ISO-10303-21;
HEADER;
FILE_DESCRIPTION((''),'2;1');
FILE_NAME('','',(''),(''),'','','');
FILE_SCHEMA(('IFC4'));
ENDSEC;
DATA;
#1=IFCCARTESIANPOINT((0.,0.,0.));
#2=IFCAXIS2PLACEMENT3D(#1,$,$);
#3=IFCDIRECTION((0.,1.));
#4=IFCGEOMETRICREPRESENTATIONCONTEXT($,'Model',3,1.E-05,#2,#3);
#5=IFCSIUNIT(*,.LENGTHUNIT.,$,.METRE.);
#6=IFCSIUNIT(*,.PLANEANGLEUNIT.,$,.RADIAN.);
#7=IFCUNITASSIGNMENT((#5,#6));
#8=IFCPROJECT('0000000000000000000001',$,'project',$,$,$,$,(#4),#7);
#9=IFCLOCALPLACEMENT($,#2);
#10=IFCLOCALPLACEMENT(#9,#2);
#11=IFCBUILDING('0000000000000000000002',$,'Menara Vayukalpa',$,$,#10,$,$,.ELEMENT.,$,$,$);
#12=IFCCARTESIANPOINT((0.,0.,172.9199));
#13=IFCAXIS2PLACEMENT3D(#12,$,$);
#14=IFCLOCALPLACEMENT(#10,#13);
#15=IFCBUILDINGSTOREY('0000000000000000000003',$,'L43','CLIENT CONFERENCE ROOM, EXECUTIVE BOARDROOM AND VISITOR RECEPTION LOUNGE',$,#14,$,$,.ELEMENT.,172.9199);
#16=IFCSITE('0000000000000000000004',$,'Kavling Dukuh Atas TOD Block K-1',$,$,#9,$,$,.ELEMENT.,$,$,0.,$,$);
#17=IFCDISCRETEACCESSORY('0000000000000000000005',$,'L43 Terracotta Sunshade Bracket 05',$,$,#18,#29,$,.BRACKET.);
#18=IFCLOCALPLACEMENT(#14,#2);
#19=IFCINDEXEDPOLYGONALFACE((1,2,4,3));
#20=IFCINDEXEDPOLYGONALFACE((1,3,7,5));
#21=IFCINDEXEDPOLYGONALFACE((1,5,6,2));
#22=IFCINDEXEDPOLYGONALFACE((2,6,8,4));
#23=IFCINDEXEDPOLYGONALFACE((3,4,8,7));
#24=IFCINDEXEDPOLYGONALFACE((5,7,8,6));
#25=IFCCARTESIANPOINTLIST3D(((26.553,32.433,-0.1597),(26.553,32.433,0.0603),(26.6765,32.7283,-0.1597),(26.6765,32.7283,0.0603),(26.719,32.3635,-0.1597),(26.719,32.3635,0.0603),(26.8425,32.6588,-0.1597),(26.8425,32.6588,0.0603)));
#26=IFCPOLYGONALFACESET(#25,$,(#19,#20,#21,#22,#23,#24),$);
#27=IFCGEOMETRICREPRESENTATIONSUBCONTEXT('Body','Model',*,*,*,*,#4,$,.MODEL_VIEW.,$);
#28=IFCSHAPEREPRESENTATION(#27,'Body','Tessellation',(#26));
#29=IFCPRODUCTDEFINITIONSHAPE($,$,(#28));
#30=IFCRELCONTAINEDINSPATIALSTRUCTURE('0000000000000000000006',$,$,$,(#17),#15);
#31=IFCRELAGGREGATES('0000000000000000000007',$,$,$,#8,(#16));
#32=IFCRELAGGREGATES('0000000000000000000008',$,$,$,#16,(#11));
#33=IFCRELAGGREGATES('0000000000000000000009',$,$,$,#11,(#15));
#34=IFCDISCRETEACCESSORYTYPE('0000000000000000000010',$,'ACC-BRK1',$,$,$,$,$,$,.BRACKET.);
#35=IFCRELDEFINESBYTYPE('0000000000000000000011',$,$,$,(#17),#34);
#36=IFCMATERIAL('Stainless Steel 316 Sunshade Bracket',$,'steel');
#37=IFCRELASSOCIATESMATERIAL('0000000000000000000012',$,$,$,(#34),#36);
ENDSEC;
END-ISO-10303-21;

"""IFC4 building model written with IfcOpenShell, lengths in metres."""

from ifc_helpers import new_model, si_unit, direction, frame, origin, origin_2d, place, context, subcontext, project, spatial, rectangle, extrude, material, type_object, element, save


model = new_model("IFC4")

# Units and contexts
model_context = context("Model", 3, precision=1e-05, world=origin(), true_north=direction((0.0, 1.0)))
body_context = subcontext(model_context, "Body", "Model", "MODEL_VIEW")
ifc_project = project(units=[si_unit("LENGTHUNIT", "METRE"), si_unit("PLANEANGLEUNIT", "RADIAN")], contexts=[model_context])

# Site, building, storey
site_placement = place(None, origin())
site = spatial("IfcSite", under=ifc_project, at=site_placement, Name="Kavling Dukuh Atas TOD Block K-1", CompositionType="ELEMENT", RefElevation=0.0)
building_placement = place(site_placement, origin())
building = spatial("IfcBuilding", under=site, at=building_placement, Name="Menara Vayukalpa", CompositionType="ELEMENT")
storey_placement = place(building_placement, frame((0.0, 0.0, 172.9199)))
storey = spatial("IfcBuildingStorey", under=building, at=storey_placement, Name="L43", Description="CLIENT CONFERENCE ROOM, EXECUTIVE BOARDROOM AND VISITOR RECEPTION LOUNGE", CompositionType="ELEMENT", Elevation=172.9199)

# Discrete accessory
ifc_material_1 = material(Name="Stainless Steel 316 Sunshade Bracket", Category="steel")
discrete_accessory_type = type_object("IfcDiscreteAccessoryType", Name="ACC-BRK1", PredefinedType="BRACKET", material=ifc_material_1)
discrete_accessory_placement = place(storey_placement, frame((26.6978, 32.5459, -0.1597), z_axis=(0.0, 0.0, 1.0), x_axis=(-0.922538, 0.385906, 0.0)))
element("IfcDiscreteAccessory", 1, at=discrete_accessory_placement, inside=storey, type_object=discrete_accessory_type, Name="L43 Terracotta Sunshade Bracket 05", PredefinedType="BRACKET", context=body_context, shape_type="SweptSolid", body=[
    extrude(rectangle(XDim=0.1799, YDim=0.3201, at=origin_2d()), origin(), (0.0, 0.0, 1.0), 0.22),
])

save(model, "model.ifc")
